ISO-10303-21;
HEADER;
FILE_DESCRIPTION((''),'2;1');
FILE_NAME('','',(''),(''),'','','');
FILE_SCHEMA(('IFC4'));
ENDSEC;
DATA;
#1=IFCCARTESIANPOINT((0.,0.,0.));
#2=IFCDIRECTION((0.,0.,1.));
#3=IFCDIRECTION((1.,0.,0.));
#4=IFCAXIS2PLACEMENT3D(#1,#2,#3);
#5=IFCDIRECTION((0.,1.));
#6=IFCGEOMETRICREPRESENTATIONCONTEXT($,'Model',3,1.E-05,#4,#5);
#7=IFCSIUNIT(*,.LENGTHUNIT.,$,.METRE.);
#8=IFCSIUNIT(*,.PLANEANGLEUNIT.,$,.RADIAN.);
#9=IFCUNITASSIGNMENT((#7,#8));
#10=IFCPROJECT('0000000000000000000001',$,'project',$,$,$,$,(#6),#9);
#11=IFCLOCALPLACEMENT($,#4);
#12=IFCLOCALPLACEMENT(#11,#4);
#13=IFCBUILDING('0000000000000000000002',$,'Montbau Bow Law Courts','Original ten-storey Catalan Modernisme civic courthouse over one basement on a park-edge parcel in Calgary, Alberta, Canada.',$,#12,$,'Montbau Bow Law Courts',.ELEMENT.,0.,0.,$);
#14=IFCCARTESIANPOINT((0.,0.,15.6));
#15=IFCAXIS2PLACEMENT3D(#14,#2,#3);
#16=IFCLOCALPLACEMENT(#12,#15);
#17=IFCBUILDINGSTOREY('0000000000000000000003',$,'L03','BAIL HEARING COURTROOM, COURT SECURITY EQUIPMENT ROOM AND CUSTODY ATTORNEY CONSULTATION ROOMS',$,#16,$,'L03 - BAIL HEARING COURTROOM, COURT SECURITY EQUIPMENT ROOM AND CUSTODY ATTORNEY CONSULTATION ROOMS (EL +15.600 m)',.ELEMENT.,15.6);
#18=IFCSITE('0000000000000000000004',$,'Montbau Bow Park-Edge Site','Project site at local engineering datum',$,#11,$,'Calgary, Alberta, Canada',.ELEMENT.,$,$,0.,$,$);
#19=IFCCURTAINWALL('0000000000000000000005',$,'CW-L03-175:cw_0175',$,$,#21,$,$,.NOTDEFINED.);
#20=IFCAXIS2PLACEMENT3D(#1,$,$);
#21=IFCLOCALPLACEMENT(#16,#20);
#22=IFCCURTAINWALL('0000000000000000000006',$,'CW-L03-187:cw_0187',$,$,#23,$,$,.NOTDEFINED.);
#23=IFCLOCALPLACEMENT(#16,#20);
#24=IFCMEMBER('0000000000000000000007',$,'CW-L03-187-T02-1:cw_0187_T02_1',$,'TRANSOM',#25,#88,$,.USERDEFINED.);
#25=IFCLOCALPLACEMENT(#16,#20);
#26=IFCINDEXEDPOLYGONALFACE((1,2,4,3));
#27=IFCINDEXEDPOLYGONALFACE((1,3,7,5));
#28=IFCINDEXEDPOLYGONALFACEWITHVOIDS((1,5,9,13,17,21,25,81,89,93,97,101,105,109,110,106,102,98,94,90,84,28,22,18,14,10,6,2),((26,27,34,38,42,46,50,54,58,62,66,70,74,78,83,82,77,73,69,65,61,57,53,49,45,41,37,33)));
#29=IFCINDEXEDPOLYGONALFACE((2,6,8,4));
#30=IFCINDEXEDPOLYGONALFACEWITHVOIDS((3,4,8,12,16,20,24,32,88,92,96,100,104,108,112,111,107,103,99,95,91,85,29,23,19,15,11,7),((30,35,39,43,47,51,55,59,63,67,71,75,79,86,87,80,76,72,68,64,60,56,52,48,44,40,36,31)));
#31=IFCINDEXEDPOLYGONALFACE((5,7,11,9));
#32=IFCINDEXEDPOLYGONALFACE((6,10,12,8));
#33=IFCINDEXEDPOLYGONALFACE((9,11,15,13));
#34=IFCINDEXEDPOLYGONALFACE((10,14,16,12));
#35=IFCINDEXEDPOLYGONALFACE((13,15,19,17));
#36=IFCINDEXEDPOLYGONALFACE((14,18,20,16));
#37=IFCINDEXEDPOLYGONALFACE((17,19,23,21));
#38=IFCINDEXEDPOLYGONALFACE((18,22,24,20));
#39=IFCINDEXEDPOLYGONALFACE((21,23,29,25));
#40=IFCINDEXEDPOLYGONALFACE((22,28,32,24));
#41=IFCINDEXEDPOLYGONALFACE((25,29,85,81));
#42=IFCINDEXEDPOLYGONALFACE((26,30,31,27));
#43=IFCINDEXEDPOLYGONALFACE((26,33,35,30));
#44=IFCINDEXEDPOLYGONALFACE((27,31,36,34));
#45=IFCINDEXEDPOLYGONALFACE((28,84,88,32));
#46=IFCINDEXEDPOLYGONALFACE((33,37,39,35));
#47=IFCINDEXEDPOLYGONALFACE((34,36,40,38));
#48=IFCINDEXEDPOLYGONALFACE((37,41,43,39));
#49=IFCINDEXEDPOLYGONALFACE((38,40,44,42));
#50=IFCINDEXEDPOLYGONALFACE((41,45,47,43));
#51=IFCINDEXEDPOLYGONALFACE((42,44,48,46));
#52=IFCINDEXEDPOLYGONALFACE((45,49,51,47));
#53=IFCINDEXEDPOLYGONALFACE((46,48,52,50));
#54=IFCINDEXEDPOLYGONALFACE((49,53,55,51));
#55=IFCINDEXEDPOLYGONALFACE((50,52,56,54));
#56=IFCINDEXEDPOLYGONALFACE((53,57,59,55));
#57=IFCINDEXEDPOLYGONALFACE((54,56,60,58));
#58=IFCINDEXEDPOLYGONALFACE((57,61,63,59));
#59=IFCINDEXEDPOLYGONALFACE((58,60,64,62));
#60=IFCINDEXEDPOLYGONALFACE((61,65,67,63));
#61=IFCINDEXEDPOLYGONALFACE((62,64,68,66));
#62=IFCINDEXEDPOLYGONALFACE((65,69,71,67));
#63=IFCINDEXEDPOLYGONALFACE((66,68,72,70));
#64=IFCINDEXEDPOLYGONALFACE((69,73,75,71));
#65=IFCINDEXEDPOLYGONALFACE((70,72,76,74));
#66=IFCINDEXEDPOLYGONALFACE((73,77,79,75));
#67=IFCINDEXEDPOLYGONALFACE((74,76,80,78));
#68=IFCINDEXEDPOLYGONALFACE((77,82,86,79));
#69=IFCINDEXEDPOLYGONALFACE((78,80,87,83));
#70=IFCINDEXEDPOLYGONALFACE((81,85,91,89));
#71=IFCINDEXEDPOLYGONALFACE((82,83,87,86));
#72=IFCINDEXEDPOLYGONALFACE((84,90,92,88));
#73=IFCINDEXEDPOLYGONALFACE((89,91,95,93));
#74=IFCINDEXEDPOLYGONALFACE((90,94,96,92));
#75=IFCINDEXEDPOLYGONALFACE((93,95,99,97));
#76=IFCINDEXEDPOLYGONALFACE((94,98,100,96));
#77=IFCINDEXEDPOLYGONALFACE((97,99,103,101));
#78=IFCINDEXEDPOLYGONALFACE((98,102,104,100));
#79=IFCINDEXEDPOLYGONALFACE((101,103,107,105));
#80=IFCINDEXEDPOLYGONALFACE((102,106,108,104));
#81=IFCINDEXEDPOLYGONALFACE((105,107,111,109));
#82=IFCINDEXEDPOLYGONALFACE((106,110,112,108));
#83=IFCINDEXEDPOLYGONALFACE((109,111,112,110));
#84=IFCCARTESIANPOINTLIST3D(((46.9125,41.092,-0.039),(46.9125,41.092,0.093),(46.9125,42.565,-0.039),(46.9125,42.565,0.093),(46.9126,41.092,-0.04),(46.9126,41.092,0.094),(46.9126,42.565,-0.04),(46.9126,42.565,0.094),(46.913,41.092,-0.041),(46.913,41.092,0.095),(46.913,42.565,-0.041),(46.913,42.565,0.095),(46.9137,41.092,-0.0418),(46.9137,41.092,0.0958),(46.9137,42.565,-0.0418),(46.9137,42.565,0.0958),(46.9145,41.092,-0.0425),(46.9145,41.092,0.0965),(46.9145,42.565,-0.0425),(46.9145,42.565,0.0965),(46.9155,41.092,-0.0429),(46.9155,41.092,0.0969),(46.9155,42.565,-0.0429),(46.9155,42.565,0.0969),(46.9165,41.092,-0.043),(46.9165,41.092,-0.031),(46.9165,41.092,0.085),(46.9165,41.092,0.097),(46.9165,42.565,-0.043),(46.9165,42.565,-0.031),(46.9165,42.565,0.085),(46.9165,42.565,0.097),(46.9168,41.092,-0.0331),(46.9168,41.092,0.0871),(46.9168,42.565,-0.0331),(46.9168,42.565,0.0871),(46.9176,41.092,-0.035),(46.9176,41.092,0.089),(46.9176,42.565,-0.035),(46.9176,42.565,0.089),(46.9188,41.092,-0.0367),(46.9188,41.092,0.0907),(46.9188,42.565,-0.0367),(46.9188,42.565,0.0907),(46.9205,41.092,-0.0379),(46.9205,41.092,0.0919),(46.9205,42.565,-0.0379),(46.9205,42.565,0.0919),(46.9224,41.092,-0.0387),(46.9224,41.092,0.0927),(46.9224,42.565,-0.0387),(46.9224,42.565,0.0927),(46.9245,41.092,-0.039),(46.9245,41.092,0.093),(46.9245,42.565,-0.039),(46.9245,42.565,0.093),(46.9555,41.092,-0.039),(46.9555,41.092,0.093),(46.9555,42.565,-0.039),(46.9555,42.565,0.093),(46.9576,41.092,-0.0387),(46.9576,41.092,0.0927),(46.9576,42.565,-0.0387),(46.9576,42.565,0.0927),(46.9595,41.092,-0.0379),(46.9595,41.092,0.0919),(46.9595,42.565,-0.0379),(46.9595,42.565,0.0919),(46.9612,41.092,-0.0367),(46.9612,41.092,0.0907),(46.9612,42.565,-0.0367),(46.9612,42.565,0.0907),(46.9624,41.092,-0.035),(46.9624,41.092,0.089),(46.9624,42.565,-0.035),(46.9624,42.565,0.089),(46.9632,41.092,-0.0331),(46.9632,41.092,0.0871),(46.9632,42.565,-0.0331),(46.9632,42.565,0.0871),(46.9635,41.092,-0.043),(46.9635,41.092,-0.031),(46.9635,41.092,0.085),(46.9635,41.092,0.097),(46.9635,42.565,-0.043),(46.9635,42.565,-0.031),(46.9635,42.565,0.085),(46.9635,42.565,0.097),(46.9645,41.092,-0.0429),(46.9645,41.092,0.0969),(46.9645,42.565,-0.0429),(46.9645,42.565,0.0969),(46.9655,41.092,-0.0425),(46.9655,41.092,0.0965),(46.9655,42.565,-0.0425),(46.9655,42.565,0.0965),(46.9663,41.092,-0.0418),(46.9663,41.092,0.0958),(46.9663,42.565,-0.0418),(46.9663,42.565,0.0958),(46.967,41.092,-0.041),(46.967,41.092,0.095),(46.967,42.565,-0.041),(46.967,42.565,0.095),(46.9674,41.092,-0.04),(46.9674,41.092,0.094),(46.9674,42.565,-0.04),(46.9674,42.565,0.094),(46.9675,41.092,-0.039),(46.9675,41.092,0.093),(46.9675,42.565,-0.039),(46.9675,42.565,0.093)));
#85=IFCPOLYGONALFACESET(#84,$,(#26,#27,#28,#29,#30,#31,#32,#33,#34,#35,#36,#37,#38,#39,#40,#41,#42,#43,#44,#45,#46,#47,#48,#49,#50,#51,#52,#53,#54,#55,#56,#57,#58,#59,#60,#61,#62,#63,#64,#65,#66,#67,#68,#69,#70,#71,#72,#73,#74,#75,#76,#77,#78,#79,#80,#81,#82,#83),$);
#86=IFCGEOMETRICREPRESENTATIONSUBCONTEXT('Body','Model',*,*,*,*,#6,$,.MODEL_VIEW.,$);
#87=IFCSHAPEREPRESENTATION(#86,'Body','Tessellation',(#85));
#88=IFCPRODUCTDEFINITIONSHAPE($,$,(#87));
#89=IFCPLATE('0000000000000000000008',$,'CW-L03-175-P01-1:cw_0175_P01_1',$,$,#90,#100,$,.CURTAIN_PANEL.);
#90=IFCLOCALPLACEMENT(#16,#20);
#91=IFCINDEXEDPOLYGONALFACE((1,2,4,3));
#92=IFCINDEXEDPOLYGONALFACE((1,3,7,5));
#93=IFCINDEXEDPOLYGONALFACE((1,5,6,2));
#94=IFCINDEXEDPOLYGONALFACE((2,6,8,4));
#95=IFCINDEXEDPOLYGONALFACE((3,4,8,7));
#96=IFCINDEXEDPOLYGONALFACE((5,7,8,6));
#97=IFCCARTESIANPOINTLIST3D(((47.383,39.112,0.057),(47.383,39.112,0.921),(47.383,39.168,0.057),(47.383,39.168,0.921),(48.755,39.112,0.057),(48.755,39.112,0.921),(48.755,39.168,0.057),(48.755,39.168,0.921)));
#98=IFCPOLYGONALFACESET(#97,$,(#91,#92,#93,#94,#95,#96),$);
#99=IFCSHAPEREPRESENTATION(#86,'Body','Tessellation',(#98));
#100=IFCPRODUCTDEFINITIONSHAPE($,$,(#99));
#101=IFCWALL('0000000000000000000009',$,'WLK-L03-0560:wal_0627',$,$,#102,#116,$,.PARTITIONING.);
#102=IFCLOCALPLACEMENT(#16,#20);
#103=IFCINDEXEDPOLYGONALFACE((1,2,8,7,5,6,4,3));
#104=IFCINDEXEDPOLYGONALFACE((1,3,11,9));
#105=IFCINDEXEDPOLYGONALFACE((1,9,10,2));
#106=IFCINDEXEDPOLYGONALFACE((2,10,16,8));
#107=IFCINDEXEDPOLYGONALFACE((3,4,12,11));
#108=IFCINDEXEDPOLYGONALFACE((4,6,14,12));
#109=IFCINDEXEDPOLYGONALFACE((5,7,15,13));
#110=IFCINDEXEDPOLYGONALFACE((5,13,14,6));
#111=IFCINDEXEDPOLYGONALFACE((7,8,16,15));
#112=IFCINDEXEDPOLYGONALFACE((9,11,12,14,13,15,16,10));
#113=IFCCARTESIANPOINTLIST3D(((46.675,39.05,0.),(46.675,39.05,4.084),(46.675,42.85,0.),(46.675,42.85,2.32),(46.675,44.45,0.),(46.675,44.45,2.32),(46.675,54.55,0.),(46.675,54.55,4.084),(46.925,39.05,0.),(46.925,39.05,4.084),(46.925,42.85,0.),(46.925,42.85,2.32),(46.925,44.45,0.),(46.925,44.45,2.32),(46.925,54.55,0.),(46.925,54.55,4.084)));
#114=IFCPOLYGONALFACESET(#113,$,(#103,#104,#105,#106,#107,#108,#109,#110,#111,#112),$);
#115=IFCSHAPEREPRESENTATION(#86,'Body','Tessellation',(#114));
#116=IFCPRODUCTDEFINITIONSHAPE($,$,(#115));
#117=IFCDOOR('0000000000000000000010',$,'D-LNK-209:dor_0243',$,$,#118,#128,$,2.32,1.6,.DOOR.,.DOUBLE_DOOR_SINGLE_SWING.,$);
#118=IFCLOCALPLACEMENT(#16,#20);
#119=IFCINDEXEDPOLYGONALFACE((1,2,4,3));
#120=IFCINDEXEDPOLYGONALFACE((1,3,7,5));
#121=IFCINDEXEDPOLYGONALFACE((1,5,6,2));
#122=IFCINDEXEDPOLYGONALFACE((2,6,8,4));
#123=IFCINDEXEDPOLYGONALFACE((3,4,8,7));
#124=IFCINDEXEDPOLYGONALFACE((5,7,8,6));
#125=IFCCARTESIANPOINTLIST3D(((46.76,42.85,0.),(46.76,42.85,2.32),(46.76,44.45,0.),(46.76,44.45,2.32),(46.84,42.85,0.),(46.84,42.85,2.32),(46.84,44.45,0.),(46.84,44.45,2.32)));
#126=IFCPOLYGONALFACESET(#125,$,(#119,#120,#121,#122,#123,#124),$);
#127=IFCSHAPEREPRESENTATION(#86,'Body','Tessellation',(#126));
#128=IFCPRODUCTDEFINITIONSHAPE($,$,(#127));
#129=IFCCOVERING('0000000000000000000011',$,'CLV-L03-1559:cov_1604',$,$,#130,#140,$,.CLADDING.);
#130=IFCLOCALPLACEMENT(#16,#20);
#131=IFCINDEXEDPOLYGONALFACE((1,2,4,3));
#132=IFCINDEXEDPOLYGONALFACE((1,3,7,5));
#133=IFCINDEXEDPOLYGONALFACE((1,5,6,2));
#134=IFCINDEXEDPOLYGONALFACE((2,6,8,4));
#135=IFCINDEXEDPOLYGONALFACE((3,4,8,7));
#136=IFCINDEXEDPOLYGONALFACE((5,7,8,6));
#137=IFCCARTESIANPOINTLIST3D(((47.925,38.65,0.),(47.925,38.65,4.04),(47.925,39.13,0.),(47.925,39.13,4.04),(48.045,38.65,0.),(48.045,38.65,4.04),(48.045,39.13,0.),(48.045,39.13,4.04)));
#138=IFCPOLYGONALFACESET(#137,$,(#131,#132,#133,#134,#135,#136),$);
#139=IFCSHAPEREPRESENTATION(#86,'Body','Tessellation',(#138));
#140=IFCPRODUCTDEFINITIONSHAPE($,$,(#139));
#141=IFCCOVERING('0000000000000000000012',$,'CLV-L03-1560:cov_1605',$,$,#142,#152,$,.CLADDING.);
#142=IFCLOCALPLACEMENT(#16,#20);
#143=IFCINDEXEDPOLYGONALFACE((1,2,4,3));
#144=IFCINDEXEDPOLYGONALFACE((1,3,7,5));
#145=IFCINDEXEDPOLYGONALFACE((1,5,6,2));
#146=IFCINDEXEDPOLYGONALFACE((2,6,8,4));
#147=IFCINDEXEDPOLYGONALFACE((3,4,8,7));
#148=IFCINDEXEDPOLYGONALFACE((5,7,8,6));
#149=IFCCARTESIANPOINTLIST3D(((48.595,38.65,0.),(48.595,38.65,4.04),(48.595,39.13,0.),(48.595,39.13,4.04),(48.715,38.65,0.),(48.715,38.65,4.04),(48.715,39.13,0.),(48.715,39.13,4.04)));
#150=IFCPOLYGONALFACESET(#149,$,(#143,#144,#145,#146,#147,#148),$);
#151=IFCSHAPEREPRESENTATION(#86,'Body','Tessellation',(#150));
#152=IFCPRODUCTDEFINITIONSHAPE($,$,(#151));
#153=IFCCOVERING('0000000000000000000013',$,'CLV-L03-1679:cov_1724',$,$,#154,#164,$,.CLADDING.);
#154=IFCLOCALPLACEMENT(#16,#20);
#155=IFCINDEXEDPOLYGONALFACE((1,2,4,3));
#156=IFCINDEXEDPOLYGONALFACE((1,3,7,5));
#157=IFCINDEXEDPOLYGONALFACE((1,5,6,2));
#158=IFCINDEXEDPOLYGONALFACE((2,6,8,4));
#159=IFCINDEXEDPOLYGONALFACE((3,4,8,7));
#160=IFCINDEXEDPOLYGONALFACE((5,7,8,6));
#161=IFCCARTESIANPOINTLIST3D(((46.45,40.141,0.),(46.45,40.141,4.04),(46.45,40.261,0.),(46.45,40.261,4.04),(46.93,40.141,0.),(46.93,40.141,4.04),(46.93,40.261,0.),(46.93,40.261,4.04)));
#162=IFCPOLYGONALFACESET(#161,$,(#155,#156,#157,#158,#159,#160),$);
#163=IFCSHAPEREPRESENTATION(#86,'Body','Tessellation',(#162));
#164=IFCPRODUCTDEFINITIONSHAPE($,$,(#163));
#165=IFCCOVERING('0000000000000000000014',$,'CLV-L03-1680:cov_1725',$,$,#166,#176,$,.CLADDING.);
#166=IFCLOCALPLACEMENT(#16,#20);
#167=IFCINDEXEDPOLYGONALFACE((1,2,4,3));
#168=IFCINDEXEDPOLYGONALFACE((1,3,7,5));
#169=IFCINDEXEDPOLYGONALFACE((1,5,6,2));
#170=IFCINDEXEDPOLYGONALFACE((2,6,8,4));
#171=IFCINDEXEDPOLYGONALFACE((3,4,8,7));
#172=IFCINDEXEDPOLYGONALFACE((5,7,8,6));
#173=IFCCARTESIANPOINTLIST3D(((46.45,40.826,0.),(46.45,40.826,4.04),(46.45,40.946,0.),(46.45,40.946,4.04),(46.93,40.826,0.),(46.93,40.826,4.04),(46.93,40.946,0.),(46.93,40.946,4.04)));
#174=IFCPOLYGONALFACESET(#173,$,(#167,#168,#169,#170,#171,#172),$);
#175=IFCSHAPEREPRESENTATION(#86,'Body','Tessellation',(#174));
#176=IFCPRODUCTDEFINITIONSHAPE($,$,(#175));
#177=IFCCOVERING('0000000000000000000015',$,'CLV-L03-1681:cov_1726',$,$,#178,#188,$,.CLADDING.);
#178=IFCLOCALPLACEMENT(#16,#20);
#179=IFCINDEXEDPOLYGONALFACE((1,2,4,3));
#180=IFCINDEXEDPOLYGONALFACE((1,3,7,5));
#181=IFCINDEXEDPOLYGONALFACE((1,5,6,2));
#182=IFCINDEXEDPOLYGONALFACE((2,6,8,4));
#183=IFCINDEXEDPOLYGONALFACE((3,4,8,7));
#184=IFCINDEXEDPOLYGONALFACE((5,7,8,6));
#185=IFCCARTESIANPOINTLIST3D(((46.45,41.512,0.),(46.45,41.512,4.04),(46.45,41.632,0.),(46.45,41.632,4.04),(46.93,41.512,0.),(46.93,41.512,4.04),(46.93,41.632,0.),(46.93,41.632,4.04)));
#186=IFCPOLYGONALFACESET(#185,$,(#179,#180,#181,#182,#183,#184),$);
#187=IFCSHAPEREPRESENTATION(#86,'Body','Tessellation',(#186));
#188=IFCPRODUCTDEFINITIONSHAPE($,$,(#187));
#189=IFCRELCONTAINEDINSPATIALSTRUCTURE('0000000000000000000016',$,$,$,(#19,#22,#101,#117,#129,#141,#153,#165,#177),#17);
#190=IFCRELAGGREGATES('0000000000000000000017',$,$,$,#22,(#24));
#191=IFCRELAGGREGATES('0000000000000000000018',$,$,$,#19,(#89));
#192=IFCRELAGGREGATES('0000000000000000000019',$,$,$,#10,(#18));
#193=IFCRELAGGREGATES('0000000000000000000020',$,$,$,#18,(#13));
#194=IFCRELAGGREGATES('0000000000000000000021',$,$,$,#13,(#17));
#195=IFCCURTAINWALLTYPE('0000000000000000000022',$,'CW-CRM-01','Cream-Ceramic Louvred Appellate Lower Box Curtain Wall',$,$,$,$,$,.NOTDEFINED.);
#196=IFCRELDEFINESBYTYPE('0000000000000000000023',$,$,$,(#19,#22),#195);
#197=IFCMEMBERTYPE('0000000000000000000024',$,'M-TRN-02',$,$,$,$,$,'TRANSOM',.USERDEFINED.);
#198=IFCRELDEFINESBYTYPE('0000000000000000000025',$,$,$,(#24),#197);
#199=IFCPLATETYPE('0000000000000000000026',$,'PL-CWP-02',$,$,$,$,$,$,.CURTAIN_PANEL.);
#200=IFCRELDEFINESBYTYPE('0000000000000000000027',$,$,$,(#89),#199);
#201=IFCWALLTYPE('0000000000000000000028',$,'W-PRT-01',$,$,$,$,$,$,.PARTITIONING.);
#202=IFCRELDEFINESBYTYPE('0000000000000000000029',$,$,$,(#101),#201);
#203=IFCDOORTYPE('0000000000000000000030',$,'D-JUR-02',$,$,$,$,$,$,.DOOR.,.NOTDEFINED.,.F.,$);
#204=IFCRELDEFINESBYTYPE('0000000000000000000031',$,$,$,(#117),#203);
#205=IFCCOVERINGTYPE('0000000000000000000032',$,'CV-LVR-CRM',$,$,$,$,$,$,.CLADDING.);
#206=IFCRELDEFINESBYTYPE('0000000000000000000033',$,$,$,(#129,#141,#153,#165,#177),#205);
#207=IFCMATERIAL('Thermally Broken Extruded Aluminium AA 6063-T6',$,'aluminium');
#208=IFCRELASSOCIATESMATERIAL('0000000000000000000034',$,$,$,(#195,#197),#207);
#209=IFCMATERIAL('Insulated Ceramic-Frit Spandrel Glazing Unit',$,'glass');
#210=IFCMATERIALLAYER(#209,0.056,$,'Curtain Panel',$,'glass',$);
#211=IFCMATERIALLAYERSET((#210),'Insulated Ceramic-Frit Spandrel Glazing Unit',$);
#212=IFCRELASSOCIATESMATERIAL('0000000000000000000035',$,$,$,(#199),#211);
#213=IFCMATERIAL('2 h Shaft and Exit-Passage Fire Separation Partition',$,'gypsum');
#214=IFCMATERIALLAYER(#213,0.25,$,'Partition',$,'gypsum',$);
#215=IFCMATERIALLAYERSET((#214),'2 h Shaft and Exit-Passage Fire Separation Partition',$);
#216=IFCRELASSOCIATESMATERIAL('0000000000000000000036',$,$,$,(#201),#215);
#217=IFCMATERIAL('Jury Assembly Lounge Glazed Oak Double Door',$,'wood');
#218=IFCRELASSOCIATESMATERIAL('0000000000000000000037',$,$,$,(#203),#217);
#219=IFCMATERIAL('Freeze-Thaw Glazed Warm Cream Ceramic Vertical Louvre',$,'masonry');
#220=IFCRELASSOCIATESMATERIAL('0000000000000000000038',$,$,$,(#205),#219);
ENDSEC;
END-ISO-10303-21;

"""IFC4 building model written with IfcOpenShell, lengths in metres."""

from ifc_helpers import new_model, si_unit, direction, frame, frame_2d, origin_with_axes, origin_2d_with_axis, place, context, subcontext, project, spatial, rectangle, hollow_rectangle, extrude, material, layer, layer_set, material_profile, profile_set, type_object, element, fill, aggregate, save


model = new_model("IFC4")

# Units and contexts
model_context = context("Model", 3, precision=1e-05, world=origin_with_axes(), true_north=direction((0.0, 1.0)))
body_context = subcontext(model_context, "Body", "Model", "MODEL_VIEW")
ifc_project = project(units=[si_unit("LENGTHUNIT", "METRE"), si_unit("PLANEANGLEUNIT", "RADIAN")], contexts=[model_context])

# Site, building, storey
site_placement = place(None, origin_with_axes())
site = spatial("IfcSite", under=ifc_project, at=site_placement, Name="Montbau Bow Park-Edge Site", Description="Project site at local engineering datum", LongName="Calgary, Alberta, Canada", CompositionType="ELEMENT", RefElevation=0.0)
building_placement = place(site_placement, origin_with_axes())
building = spatial("IfcBuilding", under=site, at=building_placement, Name="Montbau Bow Law Courts", Description="Original ten-storey Catalan Modernisme civic courthouse over one basement on a park-edge parcel in Calgary, Alberta, Canada.", LongName="Montbau Bow Law Courts", CompositionType="ELEMENT", ElevationOfRefHeight=0.0, ElevationOfTerrain=0.0)
storey_placement = place(building_placement, frame((0.0, 0.0, 15.6), z_axis=(0.0, 0.0, 1.0), x_axis=(1.0, 0.0, 0.0)))
storey = spatial("IfcBuildingStorey", under=building, at=storey_placement, Name="L03", Description="BAIL HEARING COURTROOM, COURT SECURITY EQUIPMENT ROOM AND CUSTODY ATTORNEY CONSULTATION ROOMS", LongName="L03 - BAIL HEARING COURTROOM, COURT SECURITY EQUIPMENT ROOM AND CUSTODY ATTORNEY CONSULTATION ROOMS (EL +15.600 m)", CompositionType="ELEMENT", Elevation=15.6)

# Curtain walls
ifc_material_1 = material(Name="Thermally Broken Extruded Aluminium AA 6063-T6", Category="aluminium")
curtain_wall_type_1 = type_object("IfcCurtainWallType", Name="CW-CRM-01", Description="Cream-Ceramic Louvred Appellate Lower Box Curtain Wall", PredefinedType="NOTDEFINED", material=ifc_material_1)
curtain_wall_1_placement = place(None, frame((47.315, 39.14, 15.6), z_axis=(0.0, 0.0, 1.0), x_axis=(1.0, 0.0, 0.0)))
curtain_wall_1 = element("IfcCurtainWall", 1, at=curtain_wall_1_placement, inside=storey, type_object=curtain_wall_type_1, Name="CW-L03-175:cw_0175", PredefinedType="NOTDEFINED")
curtain_wall_2_placement = place(None, frame((46.94, 39.515, 15.6), z_axis=(0.0, 0.0, 1.0), x_axis=(1.0, 0.0, 0.0)))
curtain_wall_2 = element("IfcCurtainWall", 2, at=curtain_wall_2_placement, inside=storey, type_object=curtain_wall_type_1, Name="CW-L03-187:cw_0187", PredefinedType="NOTDEFINED")

# Member
ifc_material_profile_1 = material_profile(ifc_material_1, hollow_rectangle(XDim=0.055, YDim=0.14, WallThickness=0.004, InnerFilletRadius=0.008, OuterFilletRadius=0.004, at=origin_2d_with_axis()), Name="CWT-140X55", Category="Main", Priority=0)
ifc_profile_set_1 = profile_set([ifc_material_profile_1], Name="Thermally Broken Extruded Aluminium AA 6063-T6")
member_type_1 = type_object("IfcMemberType", Name="M-TRN-02", ElementType="TRANSOM", PredefinedType="USERDEFINED", material=ifc_profile_set_1)
member_1_placement = place(None, frame((46.94, 41.092, 15.627), z_axis=(0.0, 1.0, 0.0), x_axis=(-1.0, 0.0, 0.0)))
member_1 = element("IfcMember", 3, at=member_1_placement, type_object=member_type_1, Name="CW-L03-187-T02-1:cw_0187_T02_1", ObjectType="TRANSOM", PredefinedType="USERDEFINED", context=body_context, shape_type="SweptSolid", body=[
    extrude(hollow_rectangle(XDim=0.055, YDim=0.14, WallThickness=0.004, InnerFilletRadius=0.008, OuterFilletRadius=0.004, at=origin_2d_with_axis()), origin_with_axes(), (0.0, 0.0, 1.0), 1.473),
])
aggregate(curtain_wall_2, [member_1])

# Plate
ifc_material_2 = material(Name="Insulated Ceramic-Frit Spandrel Glazing Unit", Category="glass")
ifc_layer_1 = layer(ifc_material_2, 0.056, Name="Curtain Panel", Category="glass")
ifc_layer_set_1 = layer_set([ifc_layer_1], Name="Insulated Ceramic-Frit Spandrel Glazing Unit")
plate_type = type_object("IfcPlateType", Name="PL-CWP-02", PredefinedType="CURTAIN_PANEL", material=ifc_layer_set_1)
plate_placement = place(None, frame((47.383, 39.14, 15.657), z_axis=(0.0, -1.0, 0.0), x_axis=(1.0, 0.0, 0.0)))
plate = element("IfcPlate", 4, at=plate_placement, type_object=plate_type, Name="CW-L03-175-P01-1:cw_0175_P01_1", PredefinedType="CURTAIN_PANEL", context=body_context, shape_type="SweptSolid", body=[
    extrude(rectangle(XDim=1.372, YDim=0.864, at=frame_2d((0.686, 0.432), x_axis=(1.0, 0.0))), frame((0.0, 0.0, -0.028), z_axis=(0.0, 0.0, 1.0), x_axis=(1.0, 0.0, 0.0)), (0.0, 0.0, 1.0), 0.056),
])
aggregate(curtain_wall_1, [plate])

# Wall, opening, door
ifc_material_3 = material(Name="2 h Shaft and Exit-Passage Fire Separation Partition", Category="gypsum")
ifc_layer_2 = layer(ifc_material_3, 0.25, Name="Partition", Category="gypsum")
ifc_layer_set_2 = layer_set([ifc_layer_2], Name="2 h Shaft and Exit-Passage Fire Separation Partition")
wall_type = type_object("IfcWallType", Name="W-PRT-01", PredefinedType="PARTITIONING", material=ifc_layer_set_2)
wall_placement = place(None, frame((46.8, 39.05, 15.6), z_axis=(0.0, 0.0, 1.0), x_axis=(0.0, 1.0, 0.0)))
wall = element("IfcWall", 5, at=wall_placement, inside=storey, type_object=wall_type, Name="WLK-L03-0560:wal_0627", PredefinedType="PARTITIONING", context=body_context, shape_type="SweptSolid", body=[
    extrude(rectangle(XDim=15.5, YDim=0.25, at=frame_2d((7.75, 0.0), x_axis=(1.0, 0.0))), origin_with_axes(), (0.0, 0.0, 1.0), 4.084),
])
opening_placement = place(None, frame((46.8, 43.65, 15.6), z_axis=(0.0, 0.0, 1.0), x_axis=(0.0, 1.0, 0.0)))
opening = element("IfcOpeningElement", 6, at=opening_placement, cuts=wall, PredefinedType="OPENING", context=body_context, shape_type="SweptSolid", body=[
    extrude(rectangle(XDim=1.6, YDim=2.32, at=frame_2d((0.0, 1.16), x_axis=(1.0, 0.0))), frame((0.0, 0.135, 0.0), z_axis=(0.0, -1.0, 0.0), x_axis=(1.0, 0.0, 0.0)), (0.0, 0.0, 1.0), 0.27),
])
ifc_material_4 = material(Name="Jury Assembly Lounge Glazed Oak Double Door", Category="wood")
door_type = type_object("IfcDoorType", Name="D-JUR-02", OperationType="NOTDEFINED", ParameterTakesPrecedence=False, PredefinedType="DOOR", material=ifc_material_4)
door_placement = place(None, frame((46.8, 43.65, 15.6), z_axis=(0.0, 0.0, 1.0), x_axis=(0.0, 1.0, 0.0)))
door = element("IfcDoor", 7, at=door_placement, inside=storey, type_object=door_type, Name="D-LNK-209:dor_0243", OperationType="DOUBLE_DOOR_SINGLE_SWING", OverallHeight=2.32, OverallWidth=1.6, PredefinedType="DOOR", context=body_context, shape_type="SweptSolid", body=[
    extrude(rectangle(XDim=1.6, YDim=2.32, at=frame_2d((0.0, 1.16), x_axis=(1.0, 0.0))), frame((0.0, 0.04, 0.0), z_axis=(0.0, -1.0, 0.0), x_axis=(1.0, 0.0, 0.0)), (0.0, 0.0, 1.0), 0.08),
])
fill(opening, door)

# Coverings
ifc_material_5 = material(Name="Freeze-Thaw Glazed Warm Cream Ceramic Vertical Louvre", Category="masonry")
covering_type_1 = type_object("IfcCoveringType", Name="CV-LVR-CRM", PredefinedType="CLADDING", material=ifc_material_5)
for number, where, z_axis, x_axis, name in (
    (8, (47.985, 39.13, 15.6), (-1.0, 0.0, 0.0), (0.0, -1.0, 0.0), "CLV-L03-1559:cov_1604"),
    (9, (48.655, 39.13, 15.6), (-1.0, 0.0, 0.0), (0.0, -1.0, 0.0), "CLV-L03-1560:cov_1605"),
    (10, (46.93, 40.201, 15.6), (0.0, 1.0, 0.0), (-1.0, 0.0, 0.0), "CLV-L03-1679:cov_1724"),
    (11, (46.93, 40.886, 15.6), (0.0, 1.0, 0.0), (-1.0, 0.0, 0.0), "CLV-L03-1680:cov_1725"),
    (12, (46.93, 41.572, 15.6), (0.0, 1.0, 0.0), (-1.0, 0.0, 0.0), "CLV-L03-1681:cov_1726"),
):
    element("IfcCovering", number, at=place(None, frame(where, z_axis=z_axis, x_axis=x_axis)), inside=storey, type_object=covering_type_1, Name=name, PredefinedType="CLADDING", context=body_context, shape_type="SweptSolid", body=[
        extrude(rectangle(XDim=0.48, YDim=4.04, at=frame_2d((0.24, 2.02), x_axis=(1.0, 0.0))), frame((0.0, 0.0, -0.06), z_axis=(0.0, 0.0, 1.0), x_axis=(1.0, 0.0, 0.0)), (0.0, 0.0, 1.0), 0.12),
    ])

save(model, "model.ifc")
